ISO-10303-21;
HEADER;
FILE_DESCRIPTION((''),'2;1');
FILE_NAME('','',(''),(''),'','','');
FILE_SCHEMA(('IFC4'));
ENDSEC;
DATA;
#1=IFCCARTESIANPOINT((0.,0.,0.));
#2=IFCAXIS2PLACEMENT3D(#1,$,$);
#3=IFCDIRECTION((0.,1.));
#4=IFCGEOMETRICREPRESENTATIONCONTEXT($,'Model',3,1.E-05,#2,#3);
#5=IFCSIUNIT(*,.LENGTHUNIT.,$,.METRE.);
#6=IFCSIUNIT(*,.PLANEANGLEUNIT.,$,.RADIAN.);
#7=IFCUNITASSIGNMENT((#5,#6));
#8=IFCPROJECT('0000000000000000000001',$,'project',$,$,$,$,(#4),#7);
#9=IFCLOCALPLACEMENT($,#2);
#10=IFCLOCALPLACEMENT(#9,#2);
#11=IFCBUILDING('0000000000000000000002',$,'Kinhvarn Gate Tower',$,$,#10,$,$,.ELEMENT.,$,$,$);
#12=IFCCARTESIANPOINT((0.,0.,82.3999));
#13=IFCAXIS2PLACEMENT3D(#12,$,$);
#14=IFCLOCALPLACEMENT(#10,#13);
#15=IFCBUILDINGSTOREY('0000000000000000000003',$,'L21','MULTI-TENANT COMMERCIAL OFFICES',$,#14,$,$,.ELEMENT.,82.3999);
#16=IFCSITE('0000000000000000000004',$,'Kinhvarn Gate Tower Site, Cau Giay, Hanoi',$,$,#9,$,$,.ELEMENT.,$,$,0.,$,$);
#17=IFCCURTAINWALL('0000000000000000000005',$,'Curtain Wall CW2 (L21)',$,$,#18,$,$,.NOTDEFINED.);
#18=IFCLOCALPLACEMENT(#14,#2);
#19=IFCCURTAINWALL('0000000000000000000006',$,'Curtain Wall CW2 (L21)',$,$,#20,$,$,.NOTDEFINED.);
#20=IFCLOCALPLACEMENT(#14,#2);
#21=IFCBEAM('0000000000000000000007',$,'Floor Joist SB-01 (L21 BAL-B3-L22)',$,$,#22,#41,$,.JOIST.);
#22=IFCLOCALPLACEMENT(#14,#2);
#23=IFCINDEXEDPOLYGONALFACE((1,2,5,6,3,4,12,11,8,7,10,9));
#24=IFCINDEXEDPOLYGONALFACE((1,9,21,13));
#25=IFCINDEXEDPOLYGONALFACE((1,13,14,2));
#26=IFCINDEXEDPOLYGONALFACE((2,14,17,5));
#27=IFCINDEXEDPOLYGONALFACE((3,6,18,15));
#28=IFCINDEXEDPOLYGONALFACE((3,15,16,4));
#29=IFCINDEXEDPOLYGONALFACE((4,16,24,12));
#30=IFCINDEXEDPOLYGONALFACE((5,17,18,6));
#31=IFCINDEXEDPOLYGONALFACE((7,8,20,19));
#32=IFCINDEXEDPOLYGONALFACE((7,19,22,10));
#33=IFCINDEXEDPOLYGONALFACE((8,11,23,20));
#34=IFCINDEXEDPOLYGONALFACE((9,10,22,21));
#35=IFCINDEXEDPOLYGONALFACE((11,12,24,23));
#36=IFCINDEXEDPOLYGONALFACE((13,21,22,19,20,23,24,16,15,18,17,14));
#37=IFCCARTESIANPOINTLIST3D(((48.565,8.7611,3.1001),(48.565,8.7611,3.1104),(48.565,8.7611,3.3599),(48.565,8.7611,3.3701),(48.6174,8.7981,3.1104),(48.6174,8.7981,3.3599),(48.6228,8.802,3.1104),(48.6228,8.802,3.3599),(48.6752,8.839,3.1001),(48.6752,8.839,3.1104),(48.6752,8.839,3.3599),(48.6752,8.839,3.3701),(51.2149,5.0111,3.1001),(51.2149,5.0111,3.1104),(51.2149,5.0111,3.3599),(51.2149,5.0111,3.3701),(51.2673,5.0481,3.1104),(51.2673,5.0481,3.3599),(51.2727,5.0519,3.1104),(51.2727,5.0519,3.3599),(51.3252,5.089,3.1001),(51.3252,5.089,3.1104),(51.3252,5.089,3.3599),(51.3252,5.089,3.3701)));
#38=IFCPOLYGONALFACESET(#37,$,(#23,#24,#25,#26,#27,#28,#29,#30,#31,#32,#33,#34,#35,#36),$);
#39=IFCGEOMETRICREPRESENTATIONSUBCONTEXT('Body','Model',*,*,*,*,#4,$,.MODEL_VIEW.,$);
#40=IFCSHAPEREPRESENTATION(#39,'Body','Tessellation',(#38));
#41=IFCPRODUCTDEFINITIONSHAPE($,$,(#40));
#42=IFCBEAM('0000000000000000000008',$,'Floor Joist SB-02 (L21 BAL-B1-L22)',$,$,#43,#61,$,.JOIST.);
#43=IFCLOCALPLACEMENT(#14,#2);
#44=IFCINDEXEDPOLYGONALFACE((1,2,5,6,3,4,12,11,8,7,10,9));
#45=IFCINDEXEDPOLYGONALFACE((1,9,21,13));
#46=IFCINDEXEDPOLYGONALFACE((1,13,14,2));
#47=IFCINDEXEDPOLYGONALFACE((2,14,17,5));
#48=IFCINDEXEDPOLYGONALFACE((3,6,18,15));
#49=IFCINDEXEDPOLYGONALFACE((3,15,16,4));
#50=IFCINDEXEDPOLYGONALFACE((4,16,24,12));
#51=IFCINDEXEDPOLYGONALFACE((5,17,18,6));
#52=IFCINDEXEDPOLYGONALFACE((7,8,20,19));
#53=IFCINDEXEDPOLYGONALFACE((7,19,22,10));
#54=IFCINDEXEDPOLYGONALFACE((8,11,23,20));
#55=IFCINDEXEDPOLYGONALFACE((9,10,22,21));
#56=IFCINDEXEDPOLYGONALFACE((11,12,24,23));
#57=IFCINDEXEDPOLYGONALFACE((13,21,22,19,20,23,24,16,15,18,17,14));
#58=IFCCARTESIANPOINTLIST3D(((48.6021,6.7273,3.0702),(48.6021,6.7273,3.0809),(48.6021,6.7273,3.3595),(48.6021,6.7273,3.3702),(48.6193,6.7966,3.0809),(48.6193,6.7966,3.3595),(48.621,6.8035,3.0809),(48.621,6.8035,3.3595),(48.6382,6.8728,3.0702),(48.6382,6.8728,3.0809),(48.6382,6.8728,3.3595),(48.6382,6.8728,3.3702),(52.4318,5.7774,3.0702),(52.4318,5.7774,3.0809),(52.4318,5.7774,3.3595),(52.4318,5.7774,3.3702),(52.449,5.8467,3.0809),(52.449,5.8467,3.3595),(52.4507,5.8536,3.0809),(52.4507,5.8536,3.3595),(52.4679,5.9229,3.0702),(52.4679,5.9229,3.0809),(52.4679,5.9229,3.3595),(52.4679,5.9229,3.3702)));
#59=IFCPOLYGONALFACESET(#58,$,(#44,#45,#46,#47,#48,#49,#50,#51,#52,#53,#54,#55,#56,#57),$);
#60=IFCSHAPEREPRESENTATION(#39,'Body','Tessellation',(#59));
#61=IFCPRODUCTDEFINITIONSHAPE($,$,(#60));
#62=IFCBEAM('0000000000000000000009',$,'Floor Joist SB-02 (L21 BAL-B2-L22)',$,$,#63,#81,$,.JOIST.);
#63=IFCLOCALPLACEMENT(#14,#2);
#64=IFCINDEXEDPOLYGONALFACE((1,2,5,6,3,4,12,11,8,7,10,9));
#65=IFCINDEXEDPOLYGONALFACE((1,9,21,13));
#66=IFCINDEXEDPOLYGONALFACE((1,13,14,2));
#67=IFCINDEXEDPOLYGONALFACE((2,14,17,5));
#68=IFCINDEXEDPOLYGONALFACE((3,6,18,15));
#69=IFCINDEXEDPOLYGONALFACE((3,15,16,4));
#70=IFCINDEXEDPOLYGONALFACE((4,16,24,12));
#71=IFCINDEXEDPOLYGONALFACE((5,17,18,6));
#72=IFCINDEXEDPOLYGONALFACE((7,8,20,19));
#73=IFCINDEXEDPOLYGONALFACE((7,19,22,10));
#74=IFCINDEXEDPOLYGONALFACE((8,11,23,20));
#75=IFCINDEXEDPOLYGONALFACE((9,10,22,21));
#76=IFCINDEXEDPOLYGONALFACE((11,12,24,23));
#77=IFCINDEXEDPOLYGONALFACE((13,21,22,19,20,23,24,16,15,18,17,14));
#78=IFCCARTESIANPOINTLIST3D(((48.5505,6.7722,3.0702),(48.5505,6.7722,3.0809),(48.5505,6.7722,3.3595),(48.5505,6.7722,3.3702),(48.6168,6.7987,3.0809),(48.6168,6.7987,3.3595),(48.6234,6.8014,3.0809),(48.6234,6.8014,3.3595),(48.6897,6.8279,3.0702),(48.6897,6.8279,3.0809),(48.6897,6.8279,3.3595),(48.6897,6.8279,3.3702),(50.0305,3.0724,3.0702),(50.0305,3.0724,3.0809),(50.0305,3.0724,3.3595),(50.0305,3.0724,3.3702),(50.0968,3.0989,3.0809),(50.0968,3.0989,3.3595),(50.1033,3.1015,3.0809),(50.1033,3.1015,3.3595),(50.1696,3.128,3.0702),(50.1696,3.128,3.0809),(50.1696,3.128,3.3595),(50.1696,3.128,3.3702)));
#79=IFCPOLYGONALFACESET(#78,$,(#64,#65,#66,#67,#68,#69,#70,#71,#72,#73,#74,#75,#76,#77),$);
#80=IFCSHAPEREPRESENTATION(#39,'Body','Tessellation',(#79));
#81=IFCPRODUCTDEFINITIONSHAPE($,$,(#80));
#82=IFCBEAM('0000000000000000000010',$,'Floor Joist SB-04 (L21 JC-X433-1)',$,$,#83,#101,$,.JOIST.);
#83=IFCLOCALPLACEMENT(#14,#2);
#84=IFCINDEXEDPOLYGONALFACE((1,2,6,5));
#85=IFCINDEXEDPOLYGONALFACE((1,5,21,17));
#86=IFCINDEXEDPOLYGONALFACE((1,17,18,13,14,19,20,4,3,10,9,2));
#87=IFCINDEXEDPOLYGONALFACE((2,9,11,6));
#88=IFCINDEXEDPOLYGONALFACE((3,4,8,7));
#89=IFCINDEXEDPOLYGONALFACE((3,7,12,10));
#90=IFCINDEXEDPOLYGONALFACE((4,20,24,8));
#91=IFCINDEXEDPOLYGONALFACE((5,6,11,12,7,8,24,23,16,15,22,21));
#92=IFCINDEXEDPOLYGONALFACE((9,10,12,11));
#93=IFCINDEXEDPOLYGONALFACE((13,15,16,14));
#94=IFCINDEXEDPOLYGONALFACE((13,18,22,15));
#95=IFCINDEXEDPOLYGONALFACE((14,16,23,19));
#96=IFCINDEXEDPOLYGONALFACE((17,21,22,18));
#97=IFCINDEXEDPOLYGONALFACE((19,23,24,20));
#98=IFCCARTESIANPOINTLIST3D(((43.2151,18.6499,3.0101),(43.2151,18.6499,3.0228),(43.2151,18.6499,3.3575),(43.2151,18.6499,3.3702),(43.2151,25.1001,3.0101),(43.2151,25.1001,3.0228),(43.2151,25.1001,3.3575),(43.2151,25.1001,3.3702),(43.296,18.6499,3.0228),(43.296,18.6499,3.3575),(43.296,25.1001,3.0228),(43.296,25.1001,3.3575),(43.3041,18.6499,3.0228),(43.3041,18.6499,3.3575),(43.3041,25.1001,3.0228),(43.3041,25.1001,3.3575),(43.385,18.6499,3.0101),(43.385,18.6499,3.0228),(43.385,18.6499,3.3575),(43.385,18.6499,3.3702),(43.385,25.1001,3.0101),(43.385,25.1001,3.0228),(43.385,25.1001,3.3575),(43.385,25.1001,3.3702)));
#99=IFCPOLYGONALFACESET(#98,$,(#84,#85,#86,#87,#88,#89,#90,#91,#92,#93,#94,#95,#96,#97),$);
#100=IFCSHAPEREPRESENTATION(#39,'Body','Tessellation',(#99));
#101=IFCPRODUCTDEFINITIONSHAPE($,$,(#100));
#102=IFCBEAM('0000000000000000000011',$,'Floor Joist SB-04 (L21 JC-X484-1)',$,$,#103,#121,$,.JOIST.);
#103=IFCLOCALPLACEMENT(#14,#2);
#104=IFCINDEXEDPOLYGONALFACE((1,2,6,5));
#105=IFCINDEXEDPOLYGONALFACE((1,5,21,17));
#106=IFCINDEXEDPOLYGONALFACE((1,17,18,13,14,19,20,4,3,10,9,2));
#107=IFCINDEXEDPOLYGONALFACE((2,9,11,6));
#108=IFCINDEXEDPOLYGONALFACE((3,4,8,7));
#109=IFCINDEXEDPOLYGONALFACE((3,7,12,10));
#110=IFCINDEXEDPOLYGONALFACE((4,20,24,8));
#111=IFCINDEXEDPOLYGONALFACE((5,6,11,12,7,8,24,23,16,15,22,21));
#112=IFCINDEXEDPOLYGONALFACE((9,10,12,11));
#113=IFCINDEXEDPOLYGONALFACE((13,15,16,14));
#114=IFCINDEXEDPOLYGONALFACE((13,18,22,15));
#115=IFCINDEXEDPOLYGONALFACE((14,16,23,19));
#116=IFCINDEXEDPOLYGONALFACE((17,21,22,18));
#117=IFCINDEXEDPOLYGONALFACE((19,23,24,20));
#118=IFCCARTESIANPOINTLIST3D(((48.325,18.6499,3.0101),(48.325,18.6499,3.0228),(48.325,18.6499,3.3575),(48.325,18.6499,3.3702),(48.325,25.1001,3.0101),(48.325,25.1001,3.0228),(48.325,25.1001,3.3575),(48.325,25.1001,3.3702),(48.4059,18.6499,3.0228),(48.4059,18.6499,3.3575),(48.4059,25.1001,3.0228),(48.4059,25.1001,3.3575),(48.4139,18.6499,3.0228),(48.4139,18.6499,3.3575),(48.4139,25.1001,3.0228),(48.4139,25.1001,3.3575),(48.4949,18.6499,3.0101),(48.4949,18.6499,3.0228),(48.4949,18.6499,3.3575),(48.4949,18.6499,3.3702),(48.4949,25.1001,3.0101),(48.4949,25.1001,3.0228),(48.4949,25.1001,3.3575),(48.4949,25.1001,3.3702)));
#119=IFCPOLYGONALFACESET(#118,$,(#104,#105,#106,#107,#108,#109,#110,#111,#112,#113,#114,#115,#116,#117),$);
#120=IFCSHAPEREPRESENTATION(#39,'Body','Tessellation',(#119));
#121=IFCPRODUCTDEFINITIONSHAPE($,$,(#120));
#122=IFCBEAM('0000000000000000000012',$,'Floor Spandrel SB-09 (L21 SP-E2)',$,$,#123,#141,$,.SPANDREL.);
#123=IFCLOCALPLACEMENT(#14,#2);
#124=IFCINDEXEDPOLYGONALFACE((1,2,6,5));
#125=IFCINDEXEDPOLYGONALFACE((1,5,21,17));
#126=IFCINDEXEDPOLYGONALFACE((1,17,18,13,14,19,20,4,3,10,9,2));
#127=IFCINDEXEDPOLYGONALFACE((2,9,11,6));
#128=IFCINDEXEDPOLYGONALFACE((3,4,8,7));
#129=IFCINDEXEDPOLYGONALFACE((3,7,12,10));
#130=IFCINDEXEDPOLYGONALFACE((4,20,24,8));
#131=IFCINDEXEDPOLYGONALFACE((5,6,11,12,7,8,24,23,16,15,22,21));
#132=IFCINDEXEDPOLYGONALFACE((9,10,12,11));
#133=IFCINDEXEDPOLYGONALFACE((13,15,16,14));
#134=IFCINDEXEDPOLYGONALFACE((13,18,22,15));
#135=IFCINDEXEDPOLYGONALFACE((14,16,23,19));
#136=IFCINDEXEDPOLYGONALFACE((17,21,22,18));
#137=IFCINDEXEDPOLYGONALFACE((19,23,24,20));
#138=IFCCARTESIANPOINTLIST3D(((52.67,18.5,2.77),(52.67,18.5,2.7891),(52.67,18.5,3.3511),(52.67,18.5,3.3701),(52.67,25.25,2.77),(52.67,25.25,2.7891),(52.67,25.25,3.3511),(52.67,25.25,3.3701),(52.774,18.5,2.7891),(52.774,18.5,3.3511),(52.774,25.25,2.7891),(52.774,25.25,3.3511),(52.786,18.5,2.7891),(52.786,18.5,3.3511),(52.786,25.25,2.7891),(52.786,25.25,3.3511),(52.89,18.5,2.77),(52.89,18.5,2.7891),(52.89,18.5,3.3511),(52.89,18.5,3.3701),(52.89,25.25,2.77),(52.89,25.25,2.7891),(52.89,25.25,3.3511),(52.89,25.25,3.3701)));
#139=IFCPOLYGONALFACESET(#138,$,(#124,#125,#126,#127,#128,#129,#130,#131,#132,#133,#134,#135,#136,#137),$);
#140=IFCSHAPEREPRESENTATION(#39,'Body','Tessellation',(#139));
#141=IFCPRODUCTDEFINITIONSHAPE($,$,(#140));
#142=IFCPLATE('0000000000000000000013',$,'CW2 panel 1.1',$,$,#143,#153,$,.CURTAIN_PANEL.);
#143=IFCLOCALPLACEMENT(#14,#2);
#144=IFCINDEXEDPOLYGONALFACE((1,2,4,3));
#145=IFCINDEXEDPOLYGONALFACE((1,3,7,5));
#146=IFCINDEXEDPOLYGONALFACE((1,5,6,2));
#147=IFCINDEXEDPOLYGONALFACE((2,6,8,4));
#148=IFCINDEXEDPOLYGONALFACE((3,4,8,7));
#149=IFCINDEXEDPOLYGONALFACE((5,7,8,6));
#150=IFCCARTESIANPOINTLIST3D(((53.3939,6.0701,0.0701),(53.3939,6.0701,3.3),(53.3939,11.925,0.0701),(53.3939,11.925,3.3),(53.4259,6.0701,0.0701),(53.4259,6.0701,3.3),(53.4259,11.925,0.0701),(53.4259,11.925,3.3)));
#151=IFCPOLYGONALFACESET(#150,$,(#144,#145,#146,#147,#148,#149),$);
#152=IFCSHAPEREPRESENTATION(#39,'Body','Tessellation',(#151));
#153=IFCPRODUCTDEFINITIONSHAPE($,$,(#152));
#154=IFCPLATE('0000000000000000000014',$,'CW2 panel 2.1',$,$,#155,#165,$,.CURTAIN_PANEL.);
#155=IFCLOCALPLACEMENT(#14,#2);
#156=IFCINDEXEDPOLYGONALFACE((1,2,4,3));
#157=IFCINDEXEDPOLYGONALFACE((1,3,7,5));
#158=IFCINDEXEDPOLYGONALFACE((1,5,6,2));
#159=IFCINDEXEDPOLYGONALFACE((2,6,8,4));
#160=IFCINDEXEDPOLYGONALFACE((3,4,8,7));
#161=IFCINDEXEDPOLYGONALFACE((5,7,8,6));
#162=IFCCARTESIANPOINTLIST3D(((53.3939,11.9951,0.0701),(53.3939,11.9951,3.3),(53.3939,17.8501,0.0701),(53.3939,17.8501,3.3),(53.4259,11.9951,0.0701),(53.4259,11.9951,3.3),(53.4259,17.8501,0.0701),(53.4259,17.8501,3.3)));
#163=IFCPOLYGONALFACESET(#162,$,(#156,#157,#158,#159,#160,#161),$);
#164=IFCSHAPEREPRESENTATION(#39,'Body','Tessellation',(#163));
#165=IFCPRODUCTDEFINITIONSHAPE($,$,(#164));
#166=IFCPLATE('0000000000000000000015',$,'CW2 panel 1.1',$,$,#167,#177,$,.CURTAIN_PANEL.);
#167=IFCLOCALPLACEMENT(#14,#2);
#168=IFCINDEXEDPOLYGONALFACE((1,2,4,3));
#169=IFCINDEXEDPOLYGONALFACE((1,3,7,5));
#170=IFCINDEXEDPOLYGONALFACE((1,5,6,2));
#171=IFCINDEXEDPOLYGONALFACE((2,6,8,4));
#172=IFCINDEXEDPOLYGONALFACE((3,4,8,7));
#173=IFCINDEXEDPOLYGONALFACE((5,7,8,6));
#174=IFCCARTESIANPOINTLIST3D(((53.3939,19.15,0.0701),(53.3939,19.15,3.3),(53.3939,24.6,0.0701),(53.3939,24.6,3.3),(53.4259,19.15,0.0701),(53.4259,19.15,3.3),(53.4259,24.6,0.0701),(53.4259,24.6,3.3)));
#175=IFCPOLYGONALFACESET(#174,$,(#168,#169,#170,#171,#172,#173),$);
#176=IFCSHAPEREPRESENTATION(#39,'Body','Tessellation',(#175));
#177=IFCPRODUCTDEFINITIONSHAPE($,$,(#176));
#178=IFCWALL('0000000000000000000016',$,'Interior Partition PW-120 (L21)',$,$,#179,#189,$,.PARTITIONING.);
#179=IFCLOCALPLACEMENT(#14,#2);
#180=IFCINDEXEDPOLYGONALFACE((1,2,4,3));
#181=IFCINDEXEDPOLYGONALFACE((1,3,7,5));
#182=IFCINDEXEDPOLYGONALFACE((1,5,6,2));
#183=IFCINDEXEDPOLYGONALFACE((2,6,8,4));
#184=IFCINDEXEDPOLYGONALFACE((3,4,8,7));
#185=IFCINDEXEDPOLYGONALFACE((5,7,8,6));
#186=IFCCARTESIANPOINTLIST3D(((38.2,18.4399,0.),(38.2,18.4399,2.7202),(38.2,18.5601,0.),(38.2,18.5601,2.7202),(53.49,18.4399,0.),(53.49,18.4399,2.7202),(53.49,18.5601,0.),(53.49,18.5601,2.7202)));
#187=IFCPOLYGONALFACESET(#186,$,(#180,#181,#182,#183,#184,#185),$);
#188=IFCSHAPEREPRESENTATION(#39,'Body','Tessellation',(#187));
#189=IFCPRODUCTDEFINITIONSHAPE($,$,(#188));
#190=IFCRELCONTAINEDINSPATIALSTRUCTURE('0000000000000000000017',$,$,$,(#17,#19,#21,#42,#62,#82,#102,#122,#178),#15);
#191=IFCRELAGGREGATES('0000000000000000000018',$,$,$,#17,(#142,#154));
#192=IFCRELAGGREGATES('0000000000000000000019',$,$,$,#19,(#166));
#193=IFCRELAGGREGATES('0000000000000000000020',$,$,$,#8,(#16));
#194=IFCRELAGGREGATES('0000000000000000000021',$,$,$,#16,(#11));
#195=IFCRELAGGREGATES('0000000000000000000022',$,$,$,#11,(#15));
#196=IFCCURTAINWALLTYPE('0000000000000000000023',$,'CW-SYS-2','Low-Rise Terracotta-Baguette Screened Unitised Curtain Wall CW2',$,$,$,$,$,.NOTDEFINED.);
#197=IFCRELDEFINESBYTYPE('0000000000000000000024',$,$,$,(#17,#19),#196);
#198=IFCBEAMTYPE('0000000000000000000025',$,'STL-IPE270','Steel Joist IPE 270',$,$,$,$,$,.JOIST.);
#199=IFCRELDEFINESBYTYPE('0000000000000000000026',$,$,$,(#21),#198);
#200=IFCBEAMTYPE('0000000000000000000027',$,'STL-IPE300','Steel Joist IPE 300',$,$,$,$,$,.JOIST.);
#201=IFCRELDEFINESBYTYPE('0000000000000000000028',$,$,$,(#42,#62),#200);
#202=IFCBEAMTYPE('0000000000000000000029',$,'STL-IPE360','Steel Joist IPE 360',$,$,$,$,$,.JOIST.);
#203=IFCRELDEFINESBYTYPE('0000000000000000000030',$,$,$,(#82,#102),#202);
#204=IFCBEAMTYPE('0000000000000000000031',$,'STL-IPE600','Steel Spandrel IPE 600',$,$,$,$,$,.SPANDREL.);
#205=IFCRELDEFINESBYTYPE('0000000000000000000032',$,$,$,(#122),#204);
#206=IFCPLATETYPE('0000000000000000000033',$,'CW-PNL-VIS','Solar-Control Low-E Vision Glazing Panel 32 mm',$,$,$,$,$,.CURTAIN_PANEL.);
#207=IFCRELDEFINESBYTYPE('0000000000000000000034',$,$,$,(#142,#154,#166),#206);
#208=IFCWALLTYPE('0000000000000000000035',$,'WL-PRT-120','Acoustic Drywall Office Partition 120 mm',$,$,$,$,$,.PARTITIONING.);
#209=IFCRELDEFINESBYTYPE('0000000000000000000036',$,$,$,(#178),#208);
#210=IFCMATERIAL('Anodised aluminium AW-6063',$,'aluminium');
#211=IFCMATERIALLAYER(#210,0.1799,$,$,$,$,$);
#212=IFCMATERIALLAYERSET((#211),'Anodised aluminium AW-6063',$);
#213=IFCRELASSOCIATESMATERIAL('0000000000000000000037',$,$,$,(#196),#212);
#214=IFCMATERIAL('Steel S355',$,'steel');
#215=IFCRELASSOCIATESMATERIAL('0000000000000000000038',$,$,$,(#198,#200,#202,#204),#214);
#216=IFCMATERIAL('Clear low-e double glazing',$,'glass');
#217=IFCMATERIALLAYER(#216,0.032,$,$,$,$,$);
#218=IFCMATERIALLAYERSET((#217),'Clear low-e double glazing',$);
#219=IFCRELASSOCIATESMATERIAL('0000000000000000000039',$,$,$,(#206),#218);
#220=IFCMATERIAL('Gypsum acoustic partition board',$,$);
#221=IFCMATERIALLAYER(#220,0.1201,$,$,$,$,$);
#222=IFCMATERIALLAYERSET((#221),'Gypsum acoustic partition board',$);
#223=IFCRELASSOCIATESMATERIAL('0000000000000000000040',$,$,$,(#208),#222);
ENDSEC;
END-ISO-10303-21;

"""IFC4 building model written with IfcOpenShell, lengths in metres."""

from ifc_helpers import new_model, si_unit, direction, frame, frame_2d, origin, origin_2d, place, context, subcontext, project, spatial, rectangle, i_section, extrude, material, layer, layer_set, material_profile, profile_set, type_object, element, aggregate, save


model = new_model("IFC4")

# Units and contexts
model_context = context("Model", 3, precision=1e-05, world=origin(), true_north=direction((0.0, 1.0)))
body_context = subcontext(model_context, "Body", "Model", "MODEL_VIEW")
ifc_project = project(units=[si_unit("LENGTHUNIT", "METRE"), si_unit("PLANEANGLEUNIT", "RADIAN")], contexts=[model_context])

# Site, building, storey
site_placement = place(None, origin())
site = spatial("IfcSite", under=ifc_project, at=site_placement, Name="Kinhvarn Gate Tower Site, Cau Giay, Hanoi", CompositionType="ELEMENT", RefElevation=0.0)
building_placement = place(site_placement, origin())
building = spatial("IfcBuilding", under=site, at=building_placement, Name="Kinhvarn Gate Tower", CompositionType="ELEMENT")
storey_placement = place(building_placement, frame((0.0, 0.0, 82.3999)))
storey = spatial("IfcBuildingStorey", under=building, at=storey_placement, Name="L21", Description="MULTI-TENANT COMMERCIAL OFFICES", CompositionType="ELEMENT", Elevation=82.3999)

# Curtain wall
ifc_material_1 = material(Name="Anodised aluminium AW-6063", Category="aluminium")
ifc_layer_1 = layer(ifc_material_1, 0.1799)
ifc_layer_set_1 = layer_set([ifc_layer_1], Name="Anodised aluminium AW-6063")
curtain_wall_type = type_object("IfcCurtainWallType", Name="CW-SYS-2", Description="Low-Rise Terracotta-Baguette Screened Unitised Curtain Wall CW2", PredefinedType="NOTDEFINED", material=ifc_layer_set_1)
curtain_wall_1_placement = place(storey_placement, origin())
curtain_wall_1 = element("IfcCurtainWall", 1, at=curtain_wall_1_placement, inside=storey, type_object=curtain_wall_type, Name="Curtain Wall CW2 (L21)", PredefinedType="NOTDEFINED")

# Curtain wall
curtain_wall_2_placement = place(storey_placement, origin())
curtain_wall_2 = element("IfcCurtainWall", 2, at=curtain_wall_2_placement, inside=storey, type_object=curtain_wall_type, Name="Curtain Wall CW2 (L21)", PredefinedType="NOTDEFINED")

# Beams
ifc_material_2 = material(Name="Steel S355", Category="steel")
ifc_material_profile_1 = material_profile(ifc_material_2, i_section(OverallWidth=0.135, OverallDepth=0.27, WebThickness=0.0066, FlangeThickness=0.0103, at=origin_2d()), Name="IPE 270")
ifc_profile_set_1 = profile_set([ifc_material_profile_1], Name="Steel S355")
beam_type_1 = type_object("IfcBeamType", Name="STL-IPE270", Description="Steel Joist IPE 270", PredefinedType="JOIST", material=ifc_profile_set_1)
beam_1_placement = place(storey_placement, frame((48.6201, 8.8, 3.2351), z_axis=(0.577096, -0.816676, 0.0), x_axis=(0.816676, 0.577096, 0.0)))
element("IfcBeam", 3, at=beam_1_placement, inside=storey, type_object=beam_type_1, Name="Floor Joist SB-01 (L21 BAL-B3-L22)", PredefinedType="JOIST", context=body_context, shape_type="SweptSolid", body=[
    extrude(i_section(OverallWidth=0.135, OverallDepth=0.27, WebThickness=0.0066, FlangeThickness=0.0103, at=origin_2d()), origin(), (0.0, 0.0, 1.0), 4.5918),
])
ifc_material_profile_2 = material_profile(ifc_material_2, i_section(OverallWidth=0.1499, OverallDepth=0.3, WebThickness=0.0071, FlangeThickness=0.0107, at=origin_2d()), Name="IPE 300")
ifc_profile_set_2 = profile_set([ifc_material_profile_2], Name="Steel S355")
beam_type_2 = type_object("IfcBeamType", Name="STL-IPE300", Description="Steel Joist IPE 300", PredefinedType="JOIST", material=ifc_profile_set_2)
beam_2_placement = place(storey_placement, frame((48.6201, 6.8, 3.2202), z_axis=(0.970589, -0.240745, 0.0), x_axis=(0.240745, 0.970589, 0.0)))
element("IfcBeam", 4, at=beam_2_placement, inside=storey, type_object=beam_type_2, Name="Floor Joist SB-02 (L21 BAL-B1-L22)", PredefinedType="JOIST", context=body_context, shape_type="SweptSolid", body=[
    extrude(i_section(OverallWidth=0.1499, OverallDepth=0.3, WebThickness=0.0071, FlangeThickness=0.0107, at=origin_2d()), origin(), (0.0, 0.0, 1.0), 3.9458),
])
beam_3_placement = place(storey_placement, frame((48.6201, 6.8, 3.2202), z_axis=(0.371391, -0.928477, 0.0), x_axis=(0.928477, 0.371391, 0.0)))
element("IfcBeam", 5, at=beam_3_placement, inside=storey, type_object=beam_type_2, Name="Floor Joist SB-02 (L21 BAL-B2-L22)", PredefinedType="JOIST", context=body_context, shape_type="SweptSolid", body=[
    extrude(i_section(OverallWidth=0.1499, OverallDepth=0.3, WebThickness=0.0071, FlangeThickness=0.0107, at=origin_2d()), origin(), (0.0, 0.0, 1.0), 3.9849),
])
ifc_material_profile_3 = material_profile(ifc_material_2, i_section(OverallWidth=0.1699, OverallDepth=0.3601, WebThickness=0.0081, FlangeThickness=0.0127, at=origin_2d()), Name="IPE 360")
ifc_profile_set_3 = profile_set([ifc_material_profile_3], Name="Steel S355")
beam_type_3 = type_object("IfcBeamType", Name="STL-IPE360", Description="Steel Joist IPE 360", PredefinedType="JOIST", material=ifc_profile_set_3)
for number, where, z_axis, x_axis, name in (
    (6, (43.3, 18.6499, 3.1902), (0.0, 1.0, 0.0), (-1.0, 0.0, 0.0), "Floor Joist SB-04 (L21 JC-X433-1)"),
    (7, (48.4099, 18.6499, 3.1902), (0.0, 1.0, 0.0), (-1.0, 0.0, 0.0), "Floor Joist SB-04 (L21 JC-X484-1)"),
):
    element("IfcBeam", number, at=place(storey_placement, frame(where, z_axis=z_axis, x_axis=x_axis)), inside=storey, type_object=beam_type_3, Name=name, PredefinedType="JOIST", context=body_context, shape_type="SweptSolid", body=[
        extrude(i_section(OverallWidth=0.1699, OverallDepth=0.3601, WebThickness=0.0081, FlangeThickness=0.0127, at=origin_2d()), origin(), (0.0, 0.0, 1.0), 6.4502),
    ])
ifc_material_profile_4 = material_profile(ifc_material_2, i_section(OverallWidth=0.22, OverallDepth=0.6001, WebThickness=0.012, FlangeThickness=0.019, at=origin_2d()), Name="IPE 600")
ifc_profile_set_4 = profile_set([ifc_material_profile_4], Name="Steel S355")
beam_type_4 = type_object("IfcBeamType", Name="STL-IPE600", Description="Steel Spandrel IPE 600", PredefinedType="SPANDREL", material=ifc_profile_set_4)
beam_4_placement = place(storey_placement, frame((52.78, 18.5, 3.0701), z_axis=(0.0, 1.0, 0.0), x_axis=(-1.0, 0.0, 0.0)))
element("IfcBeam", 8, at=beam_4_placement, inside=storey, type_object=beam_type_4, Name="Floor Spandrel SB-09 (L21 SP-E2)", PredefinedType="SPANDREL", context=body_context, shape_type="SweptSolid", body=[
    extrude(i_section(OverallWidth=0.22, OverallDepth=0.6001, WebThickness=0.012, FlangeThickness=0.019, at=origin_2d()), origin(), (0.0, 0.0, 1.0), 6.75),
])

# Plates
ifc_material_3 = material(Name="Clear low-e double glazing", Category="glass")
ifc_layer_2 = layer(ifc_material_3, 0.032)
ifc_layer_set_2 = layer_set([ifc_layer_2], Name="Clear low-e double glazing")
plate_type = type_object("IfcPlateType", Name="CW-PNL-VIS", Description="Solar-Control Low-E Vision Glazing Panel 32 mm", PredefinedType="CURTAIN_PANEL", material=ifc_layer_set_2)
plate_1_placement = place(storey_placement, frame((53.4099, 8.9976, 0.0701), z_axis=(0.0, 0.0, 1.0), x_axis=(0.0, 1.0, 0.0)))
plate_1 = element("IfcPlate", 9, at=plate_1_placement, type_object=plate_type, Name="CW2 panel 1.1", PredefinedType="CURTAIN_PANEL", context=body_context, shape_type="SweptSolid", body=[
    extrude(rectangle(XDim=5.855, YDim=0.032, at=origin_2d()), origin(), (0.0, 0.0, 1.0), 3.23),
])
plate_2_placement = place(storey_placement, frame((53.4099, 14.9226, 0.0701), z_axis=(0.0, 0.0, 1.0), x_axis=(0.0, 1.0, 0.0)))
plate_2 = element("IfcPlate", 10, at=plate_2_placement, type_object=plate_type, Name="CW2 panel 2.1", PredefinedType="CURTAIN_PANEL", context=body_context, shape_type="SweptSolid", body=[
    extrude(rectangle(XDim=5.855, YDim=0.032, at=origin_2d()), origin(), (0.0, 0.0, 1.0), 3.23),
])
aggregate(curtain_wall_1, [plate_1, plate_2])
plate_3_placement = place(storey_placement, frame((53.4099, 21.875, 0.0701), z_axis=(0.0, 0.0, 1.0), x_axis=(0.0, 1.0, 0.0)))
plate_3 = element("IfcPlate", 11, at=plate_3_placement, type_object=plate_type, Name="CW2 panel 1.1", PredefinedType="CURTAIN_PANEL", context=body_context, shape_type="SweptSolid", body=[
    extrude(rectangle(XDim=5.45, YDim=0.032, at=origin_2d()), origin(), (0.0, 0.0, 1.0), 3.23),
])
aggregate(curtain_wall_2, [plate_3])

# Wall
ifc_material_4 = material(Name="Gypsum acoustic partition board")
ifc_layer_3 = layer(ifc_material_4, 0.1201)
ifc_layer_set_3 = layer_set([ifc_layer_3], Name="Gypsum acoustic partition board")
wall_type = type_object("IfcWallType", Name="WL-PRT-120", Description="Acoustic Drywall Office Partition 120 mm", PredefinedType="PARTITIONING", material=ifc_layer_set_3)
wall_placement = place(storey_placement, frame((38.2, 18.5, 0.0), z_axis=(0.0, 0.0, 1.0), x_axis=(1.0, 0.0, 0.0)))
element("IfcWall", 12, at=wall_placement, inside=storey, type_object=wall_type, Name="Interior Partition PW-120 (L21)", PredefinedType="PARTITIONING", context=body_context, shape_type="SweptSolid", body=[
    extrude(rectangle(XDim=15.29, YDim=0.1201, at=frame_2d((7.645, 0.0))), origin(), (0.0, 0.0, 1.0), 2.7202),
])

save(model, "model.ifc")
